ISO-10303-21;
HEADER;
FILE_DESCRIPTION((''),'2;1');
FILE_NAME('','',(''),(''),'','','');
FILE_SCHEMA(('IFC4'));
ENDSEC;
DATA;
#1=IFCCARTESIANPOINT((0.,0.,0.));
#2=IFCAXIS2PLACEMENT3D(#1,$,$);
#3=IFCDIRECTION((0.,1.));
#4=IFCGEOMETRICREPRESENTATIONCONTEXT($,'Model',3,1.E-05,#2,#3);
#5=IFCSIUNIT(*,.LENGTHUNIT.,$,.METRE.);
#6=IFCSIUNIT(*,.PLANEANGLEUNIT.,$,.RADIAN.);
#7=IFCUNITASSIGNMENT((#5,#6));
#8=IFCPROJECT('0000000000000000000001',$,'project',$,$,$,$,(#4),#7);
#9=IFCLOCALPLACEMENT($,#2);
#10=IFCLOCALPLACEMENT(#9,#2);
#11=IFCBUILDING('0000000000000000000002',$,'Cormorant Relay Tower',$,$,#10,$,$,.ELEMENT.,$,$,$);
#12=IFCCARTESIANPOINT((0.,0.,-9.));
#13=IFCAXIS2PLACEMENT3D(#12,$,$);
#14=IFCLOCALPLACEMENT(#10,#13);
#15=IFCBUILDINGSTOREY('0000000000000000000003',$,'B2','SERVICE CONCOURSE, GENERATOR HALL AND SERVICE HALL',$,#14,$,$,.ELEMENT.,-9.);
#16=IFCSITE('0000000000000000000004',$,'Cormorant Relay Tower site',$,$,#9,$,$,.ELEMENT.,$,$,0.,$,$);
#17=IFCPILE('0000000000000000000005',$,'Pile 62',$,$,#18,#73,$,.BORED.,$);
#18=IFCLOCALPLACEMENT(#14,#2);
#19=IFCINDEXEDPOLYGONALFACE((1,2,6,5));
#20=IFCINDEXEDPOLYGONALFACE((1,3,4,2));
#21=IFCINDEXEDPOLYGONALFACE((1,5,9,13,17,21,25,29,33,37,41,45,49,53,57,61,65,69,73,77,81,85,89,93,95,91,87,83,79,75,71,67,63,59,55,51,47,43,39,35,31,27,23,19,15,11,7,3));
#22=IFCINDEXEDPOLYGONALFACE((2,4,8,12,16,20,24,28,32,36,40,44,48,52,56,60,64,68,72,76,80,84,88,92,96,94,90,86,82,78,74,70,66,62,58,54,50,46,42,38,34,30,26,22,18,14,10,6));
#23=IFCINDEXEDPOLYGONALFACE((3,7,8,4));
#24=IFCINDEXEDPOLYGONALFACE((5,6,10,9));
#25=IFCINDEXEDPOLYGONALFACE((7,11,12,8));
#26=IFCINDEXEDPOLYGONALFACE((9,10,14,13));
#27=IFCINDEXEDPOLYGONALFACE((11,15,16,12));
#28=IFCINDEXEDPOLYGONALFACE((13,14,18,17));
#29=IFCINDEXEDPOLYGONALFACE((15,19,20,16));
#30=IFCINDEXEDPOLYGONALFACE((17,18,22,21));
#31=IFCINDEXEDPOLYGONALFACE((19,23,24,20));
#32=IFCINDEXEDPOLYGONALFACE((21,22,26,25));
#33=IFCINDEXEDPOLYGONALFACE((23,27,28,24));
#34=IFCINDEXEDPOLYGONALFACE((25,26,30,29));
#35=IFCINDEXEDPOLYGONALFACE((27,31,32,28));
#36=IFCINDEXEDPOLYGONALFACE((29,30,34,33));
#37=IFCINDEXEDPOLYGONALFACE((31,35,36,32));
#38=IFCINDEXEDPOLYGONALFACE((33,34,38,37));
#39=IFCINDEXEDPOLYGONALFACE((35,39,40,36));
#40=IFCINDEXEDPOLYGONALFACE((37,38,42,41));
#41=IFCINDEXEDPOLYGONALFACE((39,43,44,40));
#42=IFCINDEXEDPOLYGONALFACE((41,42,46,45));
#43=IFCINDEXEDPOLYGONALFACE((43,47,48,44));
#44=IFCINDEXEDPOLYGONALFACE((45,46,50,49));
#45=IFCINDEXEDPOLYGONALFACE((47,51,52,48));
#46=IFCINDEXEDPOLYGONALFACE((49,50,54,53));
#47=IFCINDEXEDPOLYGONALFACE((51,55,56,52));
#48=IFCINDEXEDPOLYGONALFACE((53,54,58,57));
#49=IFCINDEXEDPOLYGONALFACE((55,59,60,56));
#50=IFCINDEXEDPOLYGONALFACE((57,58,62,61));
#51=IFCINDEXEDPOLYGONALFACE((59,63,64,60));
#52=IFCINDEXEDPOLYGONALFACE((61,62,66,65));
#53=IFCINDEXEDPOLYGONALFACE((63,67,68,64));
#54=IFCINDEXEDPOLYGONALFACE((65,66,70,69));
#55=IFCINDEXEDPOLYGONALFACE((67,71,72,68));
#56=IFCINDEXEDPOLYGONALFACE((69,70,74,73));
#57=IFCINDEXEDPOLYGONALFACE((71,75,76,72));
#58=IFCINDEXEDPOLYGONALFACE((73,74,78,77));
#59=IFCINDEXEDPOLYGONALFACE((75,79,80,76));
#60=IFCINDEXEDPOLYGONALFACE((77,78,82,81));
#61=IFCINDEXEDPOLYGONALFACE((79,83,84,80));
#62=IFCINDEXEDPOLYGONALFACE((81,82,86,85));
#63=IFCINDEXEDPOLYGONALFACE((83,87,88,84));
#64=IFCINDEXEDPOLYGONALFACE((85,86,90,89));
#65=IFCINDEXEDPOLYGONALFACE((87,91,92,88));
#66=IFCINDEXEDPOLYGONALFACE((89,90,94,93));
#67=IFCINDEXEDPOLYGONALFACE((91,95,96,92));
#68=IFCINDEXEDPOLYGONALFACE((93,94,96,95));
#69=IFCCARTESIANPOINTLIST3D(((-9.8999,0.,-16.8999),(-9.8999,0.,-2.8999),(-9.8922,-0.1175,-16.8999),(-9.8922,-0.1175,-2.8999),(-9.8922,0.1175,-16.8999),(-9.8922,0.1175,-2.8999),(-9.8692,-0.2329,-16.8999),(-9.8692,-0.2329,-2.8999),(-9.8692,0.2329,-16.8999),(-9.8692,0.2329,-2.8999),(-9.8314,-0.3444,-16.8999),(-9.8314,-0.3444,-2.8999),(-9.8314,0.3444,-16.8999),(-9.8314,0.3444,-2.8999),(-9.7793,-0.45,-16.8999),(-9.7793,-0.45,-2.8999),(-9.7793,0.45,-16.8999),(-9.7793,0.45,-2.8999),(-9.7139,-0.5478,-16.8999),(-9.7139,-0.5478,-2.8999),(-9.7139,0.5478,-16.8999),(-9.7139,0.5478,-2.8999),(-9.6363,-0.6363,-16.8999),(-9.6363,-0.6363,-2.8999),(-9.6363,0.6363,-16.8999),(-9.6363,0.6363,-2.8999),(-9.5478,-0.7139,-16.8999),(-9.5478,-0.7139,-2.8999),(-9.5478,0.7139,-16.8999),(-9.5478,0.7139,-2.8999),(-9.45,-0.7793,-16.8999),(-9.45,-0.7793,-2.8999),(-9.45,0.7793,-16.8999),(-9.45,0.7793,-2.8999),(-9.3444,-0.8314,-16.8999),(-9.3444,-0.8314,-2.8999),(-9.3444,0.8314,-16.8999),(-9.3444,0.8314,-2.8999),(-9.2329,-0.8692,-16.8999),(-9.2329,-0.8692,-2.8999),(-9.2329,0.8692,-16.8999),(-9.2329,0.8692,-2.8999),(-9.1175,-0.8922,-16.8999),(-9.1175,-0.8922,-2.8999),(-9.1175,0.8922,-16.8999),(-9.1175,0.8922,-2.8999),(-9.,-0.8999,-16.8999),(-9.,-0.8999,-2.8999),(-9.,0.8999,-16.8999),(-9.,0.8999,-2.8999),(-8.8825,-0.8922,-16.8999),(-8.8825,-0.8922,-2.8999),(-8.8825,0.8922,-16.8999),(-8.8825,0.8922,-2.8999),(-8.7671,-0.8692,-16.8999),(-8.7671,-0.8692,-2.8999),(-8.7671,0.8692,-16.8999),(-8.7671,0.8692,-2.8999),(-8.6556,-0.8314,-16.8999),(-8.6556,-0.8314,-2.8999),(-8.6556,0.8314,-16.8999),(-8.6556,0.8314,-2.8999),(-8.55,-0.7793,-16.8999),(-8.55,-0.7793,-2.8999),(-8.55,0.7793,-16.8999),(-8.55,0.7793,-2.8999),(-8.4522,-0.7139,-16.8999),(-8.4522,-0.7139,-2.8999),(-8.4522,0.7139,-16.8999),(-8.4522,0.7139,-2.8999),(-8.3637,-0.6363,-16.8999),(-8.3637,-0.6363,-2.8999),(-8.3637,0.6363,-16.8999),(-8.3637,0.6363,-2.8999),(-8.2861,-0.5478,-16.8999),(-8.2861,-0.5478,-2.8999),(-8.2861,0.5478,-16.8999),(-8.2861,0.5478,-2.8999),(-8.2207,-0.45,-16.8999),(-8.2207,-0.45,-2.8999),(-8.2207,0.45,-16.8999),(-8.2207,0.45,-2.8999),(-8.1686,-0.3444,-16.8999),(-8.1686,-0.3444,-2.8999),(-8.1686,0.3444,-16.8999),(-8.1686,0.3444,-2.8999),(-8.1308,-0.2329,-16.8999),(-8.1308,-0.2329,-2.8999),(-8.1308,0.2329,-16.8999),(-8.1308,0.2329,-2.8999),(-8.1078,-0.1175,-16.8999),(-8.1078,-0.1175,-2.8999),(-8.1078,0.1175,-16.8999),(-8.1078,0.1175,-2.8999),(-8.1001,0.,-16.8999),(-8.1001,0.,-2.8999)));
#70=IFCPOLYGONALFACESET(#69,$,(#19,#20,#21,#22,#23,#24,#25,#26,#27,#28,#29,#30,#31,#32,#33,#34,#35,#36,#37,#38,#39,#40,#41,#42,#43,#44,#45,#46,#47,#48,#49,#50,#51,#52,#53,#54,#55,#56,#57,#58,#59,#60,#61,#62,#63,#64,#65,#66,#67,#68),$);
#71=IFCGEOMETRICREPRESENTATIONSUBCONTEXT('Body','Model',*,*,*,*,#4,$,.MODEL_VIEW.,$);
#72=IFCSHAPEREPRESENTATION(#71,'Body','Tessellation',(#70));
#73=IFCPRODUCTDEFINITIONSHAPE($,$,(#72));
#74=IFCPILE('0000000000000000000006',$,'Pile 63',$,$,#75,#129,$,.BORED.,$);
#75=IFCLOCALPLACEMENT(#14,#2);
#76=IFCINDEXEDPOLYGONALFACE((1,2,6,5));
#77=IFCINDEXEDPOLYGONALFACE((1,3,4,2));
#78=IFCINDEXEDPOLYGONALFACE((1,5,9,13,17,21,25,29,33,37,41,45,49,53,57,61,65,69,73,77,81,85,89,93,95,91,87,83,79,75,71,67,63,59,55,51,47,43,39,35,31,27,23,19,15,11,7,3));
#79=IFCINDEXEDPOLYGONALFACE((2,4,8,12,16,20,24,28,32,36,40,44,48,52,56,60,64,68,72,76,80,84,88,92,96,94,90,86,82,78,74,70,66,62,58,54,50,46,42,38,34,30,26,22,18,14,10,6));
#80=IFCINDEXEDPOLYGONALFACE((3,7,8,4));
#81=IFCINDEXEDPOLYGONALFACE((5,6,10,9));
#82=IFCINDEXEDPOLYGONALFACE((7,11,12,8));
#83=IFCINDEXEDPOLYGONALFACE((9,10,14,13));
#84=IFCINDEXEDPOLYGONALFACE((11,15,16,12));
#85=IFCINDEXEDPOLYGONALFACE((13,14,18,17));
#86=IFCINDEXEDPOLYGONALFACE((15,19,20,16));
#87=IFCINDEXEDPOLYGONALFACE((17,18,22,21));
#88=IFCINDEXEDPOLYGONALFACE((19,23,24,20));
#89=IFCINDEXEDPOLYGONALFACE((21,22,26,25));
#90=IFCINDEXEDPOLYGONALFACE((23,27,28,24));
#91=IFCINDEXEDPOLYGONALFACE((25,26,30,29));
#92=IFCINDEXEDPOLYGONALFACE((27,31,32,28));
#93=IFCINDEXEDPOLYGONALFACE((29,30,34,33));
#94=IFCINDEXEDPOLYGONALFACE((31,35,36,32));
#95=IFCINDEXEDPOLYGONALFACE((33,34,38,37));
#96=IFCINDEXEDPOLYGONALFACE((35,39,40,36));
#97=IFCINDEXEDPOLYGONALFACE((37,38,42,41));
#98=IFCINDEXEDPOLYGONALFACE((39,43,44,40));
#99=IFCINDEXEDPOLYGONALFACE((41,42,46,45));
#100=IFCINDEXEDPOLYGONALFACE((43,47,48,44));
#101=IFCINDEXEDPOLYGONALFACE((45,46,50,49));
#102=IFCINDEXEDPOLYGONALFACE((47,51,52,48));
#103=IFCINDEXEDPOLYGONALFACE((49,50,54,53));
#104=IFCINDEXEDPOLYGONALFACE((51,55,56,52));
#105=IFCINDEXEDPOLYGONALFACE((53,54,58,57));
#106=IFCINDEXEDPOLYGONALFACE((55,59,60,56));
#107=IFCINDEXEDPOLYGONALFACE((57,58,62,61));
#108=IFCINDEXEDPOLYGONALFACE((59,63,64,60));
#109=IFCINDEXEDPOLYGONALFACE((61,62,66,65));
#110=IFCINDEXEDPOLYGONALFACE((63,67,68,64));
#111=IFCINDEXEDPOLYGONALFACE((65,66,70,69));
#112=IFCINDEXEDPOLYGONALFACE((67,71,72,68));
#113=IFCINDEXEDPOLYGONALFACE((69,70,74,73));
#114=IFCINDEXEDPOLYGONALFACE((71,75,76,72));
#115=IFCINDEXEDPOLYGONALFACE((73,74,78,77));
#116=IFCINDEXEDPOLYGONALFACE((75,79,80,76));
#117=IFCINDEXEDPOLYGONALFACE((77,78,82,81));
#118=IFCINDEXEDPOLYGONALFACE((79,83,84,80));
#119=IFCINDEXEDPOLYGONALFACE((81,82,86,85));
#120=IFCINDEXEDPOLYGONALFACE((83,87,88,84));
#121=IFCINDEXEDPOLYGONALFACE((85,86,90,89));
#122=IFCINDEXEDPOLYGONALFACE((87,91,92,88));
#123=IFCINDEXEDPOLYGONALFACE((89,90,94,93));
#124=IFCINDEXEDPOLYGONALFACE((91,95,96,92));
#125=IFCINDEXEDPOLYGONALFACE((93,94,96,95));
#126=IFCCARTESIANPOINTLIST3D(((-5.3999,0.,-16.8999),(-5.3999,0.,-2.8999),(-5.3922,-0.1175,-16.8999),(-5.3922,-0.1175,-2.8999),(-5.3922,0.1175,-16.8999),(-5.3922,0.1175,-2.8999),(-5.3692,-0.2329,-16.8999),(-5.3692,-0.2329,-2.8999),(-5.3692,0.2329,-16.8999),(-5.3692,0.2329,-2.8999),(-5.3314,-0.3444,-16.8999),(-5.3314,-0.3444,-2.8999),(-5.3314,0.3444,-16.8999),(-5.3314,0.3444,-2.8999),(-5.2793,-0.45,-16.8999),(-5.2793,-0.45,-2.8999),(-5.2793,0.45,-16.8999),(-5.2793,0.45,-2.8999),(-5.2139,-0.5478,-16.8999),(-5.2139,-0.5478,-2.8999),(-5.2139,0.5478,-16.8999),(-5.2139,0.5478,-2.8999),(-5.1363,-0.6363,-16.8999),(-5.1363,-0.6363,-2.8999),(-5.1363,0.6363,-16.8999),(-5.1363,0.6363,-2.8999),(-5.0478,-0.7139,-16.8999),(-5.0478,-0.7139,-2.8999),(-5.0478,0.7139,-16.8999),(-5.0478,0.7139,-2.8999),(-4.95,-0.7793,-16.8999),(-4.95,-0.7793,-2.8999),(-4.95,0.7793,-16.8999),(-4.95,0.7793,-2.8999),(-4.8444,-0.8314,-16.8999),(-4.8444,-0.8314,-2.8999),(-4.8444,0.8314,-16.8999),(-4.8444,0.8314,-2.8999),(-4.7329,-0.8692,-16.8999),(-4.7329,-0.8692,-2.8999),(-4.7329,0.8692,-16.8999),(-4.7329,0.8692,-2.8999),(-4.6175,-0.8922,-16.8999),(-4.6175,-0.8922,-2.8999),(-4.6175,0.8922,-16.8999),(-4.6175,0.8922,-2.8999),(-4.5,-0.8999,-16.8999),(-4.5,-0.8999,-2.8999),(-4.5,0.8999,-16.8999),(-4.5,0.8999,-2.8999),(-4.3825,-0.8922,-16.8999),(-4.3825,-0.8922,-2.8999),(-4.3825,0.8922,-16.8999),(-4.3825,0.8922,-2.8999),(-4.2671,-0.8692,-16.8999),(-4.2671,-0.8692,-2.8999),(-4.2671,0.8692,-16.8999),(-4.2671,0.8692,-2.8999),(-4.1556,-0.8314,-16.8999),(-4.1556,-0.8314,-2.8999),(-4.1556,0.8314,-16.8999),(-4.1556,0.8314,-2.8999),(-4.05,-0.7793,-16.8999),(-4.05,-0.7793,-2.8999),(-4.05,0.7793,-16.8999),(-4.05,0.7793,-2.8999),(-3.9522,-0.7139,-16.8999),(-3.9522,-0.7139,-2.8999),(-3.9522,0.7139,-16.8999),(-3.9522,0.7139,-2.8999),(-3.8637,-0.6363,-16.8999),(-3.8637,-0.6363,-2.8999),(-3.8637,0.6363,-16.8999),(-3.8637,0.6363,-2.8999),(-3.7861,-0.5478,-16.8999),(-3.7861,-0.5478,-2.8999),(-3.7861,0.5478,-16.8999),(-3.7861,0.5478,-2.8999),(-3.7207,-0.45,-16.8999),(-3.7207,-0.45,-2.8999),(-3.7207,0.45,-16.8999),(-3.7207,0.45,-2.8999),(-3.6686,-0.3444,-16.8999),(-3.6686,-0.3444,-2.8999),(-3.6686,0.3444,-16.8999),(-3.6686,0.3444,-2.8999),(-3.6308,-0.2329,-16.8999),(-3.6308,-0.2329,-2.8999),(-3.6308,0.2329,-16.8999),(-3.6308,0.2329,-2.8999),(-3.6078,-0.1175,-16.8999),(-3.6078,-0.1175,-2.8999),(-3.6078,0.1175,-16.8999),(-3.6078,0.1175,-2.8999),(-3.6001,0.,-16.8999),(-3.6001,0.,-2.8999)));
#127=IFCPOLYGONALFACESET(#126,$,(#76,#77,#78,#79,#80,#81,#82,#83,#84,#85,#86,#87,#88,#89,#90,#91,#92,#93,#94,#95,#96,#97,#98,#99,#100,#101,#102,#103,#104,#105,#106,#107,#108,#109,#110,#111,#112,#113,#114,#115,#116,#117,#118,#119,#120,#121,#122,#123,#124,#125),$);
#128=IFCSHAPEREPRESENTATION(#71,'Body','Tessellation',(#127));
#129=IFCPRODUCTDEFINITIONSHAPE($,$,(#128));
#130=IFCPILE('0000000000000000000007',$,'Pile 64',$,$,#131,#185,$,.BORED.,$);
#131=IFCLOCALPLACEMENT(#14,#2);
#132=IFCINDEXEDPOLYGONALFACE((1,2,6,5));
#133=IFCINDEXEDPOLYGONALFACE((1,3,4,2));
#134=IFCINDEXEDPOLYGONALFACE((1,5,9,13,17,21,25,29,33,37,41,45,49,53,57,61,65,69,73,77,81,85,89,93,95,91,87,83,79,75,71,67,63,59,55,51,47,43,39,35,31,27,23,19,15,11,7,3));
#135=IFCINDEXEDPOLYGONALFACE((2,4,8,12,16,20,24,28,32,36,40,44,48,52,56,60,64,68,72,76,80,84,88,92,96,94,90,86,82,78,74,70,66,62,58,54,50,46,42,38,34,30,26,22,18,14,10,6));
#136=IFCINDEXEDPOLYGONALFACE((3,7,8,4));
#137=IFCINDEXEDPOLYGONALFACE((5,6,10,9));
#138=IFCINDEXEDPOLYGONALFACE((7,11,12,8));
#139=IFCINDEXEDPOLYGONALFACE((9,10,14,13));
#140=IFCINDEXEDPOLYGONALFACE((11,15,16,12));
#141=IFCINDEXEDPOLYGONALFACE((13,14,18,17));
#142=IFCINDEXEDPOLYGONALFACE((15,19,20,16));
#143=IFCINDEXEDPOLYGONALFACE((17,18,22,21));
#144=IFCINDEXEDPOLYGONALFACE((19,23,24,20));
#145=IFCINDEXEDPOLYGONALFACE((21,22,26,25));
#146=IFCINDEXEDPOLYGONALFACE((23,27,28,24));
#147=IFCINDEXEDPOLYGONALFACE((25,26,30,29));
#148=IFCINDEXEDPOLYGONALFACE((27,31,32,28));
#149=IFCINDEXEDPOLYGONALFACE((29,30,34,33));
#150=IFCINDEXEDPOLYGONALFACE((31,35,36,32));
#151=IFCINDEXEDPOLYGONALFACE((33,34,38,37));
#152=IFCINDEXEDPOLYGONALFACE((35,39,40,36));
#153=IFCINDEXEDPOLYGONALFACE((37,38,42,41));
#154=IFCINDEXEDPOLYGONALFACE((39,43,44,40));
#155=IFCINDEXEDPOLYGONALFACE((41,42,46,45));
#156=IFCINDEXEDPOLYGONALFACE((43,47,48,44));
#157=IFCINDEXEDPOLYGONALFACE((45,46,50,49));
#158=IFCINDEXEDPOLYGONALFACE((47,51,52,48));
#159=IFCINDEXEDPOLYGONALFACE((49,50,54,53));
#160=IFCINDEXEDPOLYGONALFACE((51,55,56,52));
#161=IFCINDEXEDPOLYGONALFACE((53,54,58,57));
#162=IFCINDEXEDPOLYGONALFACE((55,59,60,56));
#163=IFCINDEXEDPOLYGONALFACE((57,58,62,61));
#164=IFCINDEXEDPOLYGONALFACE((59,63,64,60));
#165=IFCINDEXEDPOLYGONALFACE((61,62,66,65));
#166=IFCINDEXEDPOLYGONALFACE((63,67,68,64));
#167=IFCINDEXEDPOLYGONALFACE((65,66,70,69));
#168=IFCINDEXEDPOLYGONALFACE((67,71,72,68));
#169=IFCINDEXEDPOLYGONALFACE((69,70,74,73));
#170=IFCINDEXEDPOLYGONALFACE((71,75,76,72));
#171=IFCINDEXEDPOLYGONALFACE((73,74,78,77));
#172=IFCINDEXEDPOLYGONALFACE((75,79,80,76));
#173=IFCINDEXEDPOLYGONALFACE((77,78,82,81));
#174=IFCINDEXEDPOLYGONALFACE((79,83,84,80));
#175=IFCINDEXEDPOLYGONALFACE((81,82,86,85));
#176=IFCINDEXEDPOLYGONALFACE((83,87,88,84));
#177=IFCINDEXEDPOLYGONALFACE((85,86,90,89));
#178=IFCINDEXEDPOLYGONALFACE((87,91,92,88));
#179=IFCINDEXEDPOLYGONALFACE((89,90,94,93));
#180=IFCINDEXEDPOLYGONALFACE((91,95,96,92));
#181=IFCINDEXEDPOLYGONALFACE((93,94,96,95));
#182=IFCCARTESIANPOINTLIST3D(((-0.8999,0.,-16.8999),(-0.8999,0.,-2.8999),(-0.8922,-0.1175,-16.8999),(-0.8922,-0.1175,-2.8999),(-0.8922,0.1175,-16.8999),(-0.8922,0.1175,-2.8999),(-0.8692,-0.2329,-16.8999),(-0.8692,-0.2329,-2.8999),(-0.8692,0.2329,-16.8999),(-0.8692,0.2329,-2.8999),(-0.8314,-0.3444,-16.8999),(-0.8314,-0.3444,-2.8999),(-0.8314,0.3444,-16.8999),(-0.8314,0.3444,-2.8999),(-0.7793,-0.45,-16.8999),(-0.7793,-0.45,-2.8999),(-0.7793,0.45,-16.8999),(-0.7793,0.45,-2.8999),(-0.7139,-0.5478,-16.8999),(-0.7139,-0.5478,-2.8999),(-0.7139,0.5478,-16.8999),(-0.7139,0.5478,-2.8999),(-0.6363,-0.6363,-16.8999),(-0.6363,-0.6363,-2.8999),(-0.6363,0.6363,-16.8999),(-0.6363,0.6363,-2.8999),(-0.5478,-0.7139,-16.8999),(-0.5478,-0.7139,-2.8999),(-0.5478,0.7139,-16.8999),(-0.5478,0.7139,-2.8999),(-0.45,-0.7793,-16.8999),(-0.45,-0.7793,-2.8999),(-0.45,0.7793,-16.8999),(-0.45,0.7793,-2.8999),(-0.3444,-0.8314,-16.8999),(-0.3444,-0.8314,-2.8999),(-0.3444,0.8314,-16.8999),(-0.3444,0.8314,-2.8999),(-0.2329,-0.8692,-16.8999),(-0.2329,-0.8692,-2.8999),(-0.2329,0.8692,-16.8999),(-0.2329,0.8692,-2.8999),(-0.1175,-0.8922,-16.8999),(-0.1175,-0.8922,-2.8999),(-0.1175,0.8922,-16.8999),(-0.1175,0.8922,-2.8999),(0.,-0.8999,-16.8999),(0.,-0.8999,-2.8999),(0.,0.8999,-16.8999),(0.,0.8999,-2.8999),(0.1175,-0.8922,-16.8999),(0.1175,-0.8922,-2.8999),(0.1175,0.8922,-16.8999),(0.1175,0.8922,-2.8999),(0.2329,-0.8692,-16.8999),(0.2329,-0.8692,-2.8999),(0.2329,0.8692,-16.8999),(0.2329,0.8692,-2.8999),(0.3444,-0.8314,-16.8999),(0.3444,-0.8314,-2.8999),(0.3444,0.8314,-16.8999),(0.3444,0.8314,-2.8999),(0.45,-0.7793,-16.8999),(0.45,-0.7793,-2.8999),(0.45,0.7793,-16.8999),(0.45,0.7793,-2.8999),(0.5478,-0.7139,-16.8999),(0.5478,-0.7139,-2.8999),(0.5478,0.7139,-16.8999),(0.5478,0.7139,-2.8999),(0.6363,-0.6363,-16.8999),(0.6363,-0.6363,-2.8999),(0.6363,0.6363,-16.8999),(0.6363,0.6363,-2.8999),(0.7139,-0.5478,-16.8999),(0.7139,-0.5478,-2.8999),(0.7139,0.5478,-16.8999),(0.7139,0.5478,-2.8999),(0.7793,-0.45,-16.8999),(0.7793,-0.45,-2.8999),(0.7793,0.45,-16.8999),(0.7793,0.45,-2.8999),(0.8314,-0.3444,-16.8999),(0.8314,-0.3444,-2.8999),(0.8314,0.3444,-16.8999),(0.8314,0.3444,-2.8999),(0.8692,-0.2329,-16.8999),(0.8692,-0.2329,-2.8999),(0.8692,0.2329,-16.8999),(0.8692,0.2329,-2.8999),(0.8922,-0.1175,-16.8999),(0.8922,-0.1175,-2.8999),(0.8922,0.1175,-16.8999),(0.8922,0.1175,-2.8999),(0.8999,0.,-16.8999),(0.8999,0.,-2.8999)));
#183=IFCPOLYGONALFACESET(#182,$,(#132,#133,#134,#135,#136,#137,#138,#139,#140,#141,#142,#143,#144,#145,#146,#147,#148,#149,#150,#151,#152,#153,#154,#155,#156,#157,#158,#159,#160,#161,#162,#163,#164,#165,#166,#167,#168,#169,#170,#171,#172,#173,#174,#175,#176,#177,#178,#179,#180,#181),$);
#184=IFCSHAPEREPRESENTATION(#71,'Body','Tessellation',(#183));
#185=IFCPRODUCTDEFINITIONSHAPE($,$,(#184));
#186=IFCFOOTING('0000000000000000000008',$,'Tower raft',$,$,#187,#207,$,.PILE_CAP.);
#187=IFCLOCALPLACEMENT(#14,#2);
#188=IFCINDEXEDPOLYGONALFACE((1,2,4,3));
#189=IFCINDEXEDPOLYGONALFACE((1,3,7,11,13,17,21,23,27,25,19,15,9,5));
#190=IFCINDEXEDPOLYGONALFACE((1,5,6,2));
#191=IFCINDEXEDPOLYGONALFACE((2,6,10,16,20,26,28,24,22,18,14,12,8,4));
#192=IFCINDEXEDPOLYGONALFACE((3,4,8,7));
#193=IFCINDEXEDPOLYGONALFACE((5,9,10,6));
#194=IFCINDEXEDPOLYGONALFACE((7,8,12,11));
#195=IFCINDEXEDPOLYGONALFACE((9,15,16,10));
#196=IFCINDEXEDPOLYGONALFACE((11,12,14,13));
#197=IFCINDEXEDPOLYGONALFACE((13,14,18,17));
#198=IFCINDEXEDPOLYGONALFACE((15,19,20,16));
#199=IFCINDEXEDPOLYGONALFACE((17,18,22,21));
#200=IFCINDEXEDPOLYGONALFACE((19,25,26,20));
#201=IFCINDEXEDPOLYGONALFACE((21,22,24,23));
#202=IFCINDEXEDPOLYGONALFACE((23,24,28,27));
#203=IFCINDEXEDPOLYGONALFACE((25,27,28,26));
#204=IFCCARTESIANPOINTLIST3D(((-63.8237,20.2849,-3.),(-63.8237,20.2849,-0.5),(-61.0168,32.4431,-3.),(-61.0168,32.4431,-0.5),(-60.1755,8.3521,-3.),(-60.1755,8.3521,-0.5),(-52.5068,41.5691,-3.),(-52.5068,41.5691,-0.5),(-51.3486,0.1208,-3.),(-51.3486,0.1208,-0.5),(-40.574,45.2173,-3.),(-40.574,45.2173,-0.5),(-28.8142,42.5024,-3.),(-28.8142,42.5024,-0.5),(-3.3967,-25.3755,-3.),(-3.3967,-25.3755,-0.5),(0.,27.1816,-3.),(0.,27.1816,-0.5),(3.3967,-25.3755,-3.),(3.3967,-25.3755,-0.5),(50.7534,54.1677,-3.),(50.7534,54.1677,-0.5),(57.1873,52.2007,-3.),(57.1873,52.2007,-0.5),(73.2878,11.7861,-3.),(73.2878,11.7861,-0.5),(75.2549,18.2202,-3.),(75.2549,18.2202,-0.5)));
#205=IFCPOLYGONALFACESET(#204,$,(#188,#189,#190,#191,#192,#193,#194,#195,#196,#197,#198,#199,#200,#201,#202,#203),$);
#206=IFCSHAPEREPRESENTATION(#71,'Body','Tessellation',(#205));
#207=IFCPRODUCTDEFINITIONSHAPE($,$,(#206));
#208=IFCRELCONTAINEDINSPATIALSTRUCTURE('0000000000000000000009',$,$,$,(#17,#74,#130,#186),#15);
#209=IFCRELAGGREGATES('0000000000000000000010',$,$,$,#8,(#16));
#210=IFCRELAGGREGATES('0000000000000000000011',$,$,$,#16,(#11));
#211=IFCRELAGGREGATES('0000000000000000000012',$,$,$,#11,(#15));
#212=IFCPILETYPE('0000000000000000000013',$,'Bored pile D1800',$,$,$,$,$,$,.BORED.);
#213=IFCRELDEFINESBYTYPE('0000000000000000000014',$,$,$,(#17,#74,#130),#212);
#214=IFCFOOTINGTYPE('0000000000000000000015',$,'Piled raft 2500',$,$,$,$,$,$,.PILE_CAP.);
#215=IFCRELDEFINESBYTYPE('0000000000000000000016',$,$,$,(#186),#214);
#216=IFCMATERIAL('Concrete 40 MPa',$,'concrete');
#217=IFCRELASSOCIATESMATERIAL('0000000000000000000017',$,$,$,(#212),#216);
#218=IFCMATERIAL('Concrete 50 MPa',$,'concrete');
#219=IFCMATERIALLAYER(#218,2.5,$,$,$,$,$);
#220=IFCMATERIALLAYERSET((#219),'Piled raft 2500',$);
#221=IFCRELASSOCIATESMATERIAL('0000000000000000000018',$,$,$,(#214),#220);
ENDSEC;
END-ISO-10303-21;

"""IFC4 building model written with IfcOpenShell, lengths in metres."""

from ifc_helpers import new_model, si_unit, direction, frame, origin, origin_2d, place, context, subcontext, project, spatial, polyline, circle, outline, extrude, material, layer, layer_set, material_profile, profile_set, type_object, element, save


model = new_model("IFC4")

# Units and contexts
model_context = context("Model", 3, precision=1e-05, world=origin(), true_north=direction((0.0, 1.0)))
body_context = subcontext(model_context, "Body", "Model", "MODEL_VIEW")
ifc_project = project(units=[si_unit("LENGTHUNIT", "METRE"), si_unit("PLANEANGLEUNIT", "RADIAN")], contexts=[model_context])

# Site, building, storey
site_placement = place(None, origin())
site = spatial("IfcSite", under=ifc_project, at=site_placement, Name="Cormorant Relay Tower site", CompositionType="ELEMENT", RefElevation=0.0)
building_placement = place(site_placement, origin())
building = spatial("IfcBuilding", under=site, at=building_placement, Name="Cormorant Relay Tower", CompositionType="ELEMENT")
storey_placement = place(building_placement, frame((0.0, 0.0, -9.0)))
storey = spatial("IfcBuildingStorey", under=building, at=storey_placement, Name="B2", Description="SERVICE CONCOURSE, GENERATOR HALL AND SERVICE HALL", CompositionType="ELEMENT", Elevation=-9.0)

# Piles
ifc_material_1 = material(Name="Concrete 40 MPa", Category="concrete")
ifc_material_profile_1 = material_profile(ifc_material_1, circle(Radius=0.8999, at=origin_2d()), Name="BP1800")
ifc_profile_set_1 = profile_set([ifc_material_profile_1], Name="Concrete 40 MPa")
pile_type = type_object("IfcPileType", Name="Bored pile D1800", PredefinedType="BORED", material=ifc_profile_set_1)
for number, where, z_axis, x_axis, name in (
    (1, (-9.0, 0.0, -2.8999), (0.0, 0.0, -1.0), (1.0, 0.0, 0.0), "Pile 62"),
    (2, (-4.5, 0.0, -2.8999), (0.0, 0.0, -1.0), (1.0, 0.0, 0.0), "Pile 63"),
    (3, (0.0, 0.0, -2.8999), (0.0, 0.0, -1.0), (1.0, 0.0, 0.0), "Pile 64"),
):
    element("IfcPile", number, at=place(storey_placement, frame(where, z_axis=z_axis, x_axis=x_axis)), inside=storey, type_object=pile_type, Name=name, PredefinedType="BORED", context=body_context, shape_type="SweptSolid", body=[
        extrude(circle(Radius=0.8999, at=origin_2d()), origin(), (0.0, 0.0, 1.0), 14.0),
    ])

# Footing
ifc_material_2 = material(Name="Concrete 50 MPa", Category="concrete")
ifc_layer_1 = layer(ifc_material_2, 2.5)
ifc_layer_set_1 = layer_set([ifc_layer_1], Name="Piled raft 2500")
footing_type_1 = type_object("IfcFootingType", Name="Piled raft 2500", PredefinedType="PILE_CAP", material=ifc_layer_set_1)
footing_1_placement = place(storey_placement, frame((0.0, 0.0, -3.0)))
element("IfcFooting", 4, at=footing_1_placement, inside=storey, type_object=footing_type_1, Name="Tower raft", PredefinedType="PILE_CAP", context=body_context, shape_type="SweptSolid", body=[
    extrude(outline(polyline([(-60.1755, 8.3521), (-63.8237, 20.2849), (-61.0168, 32.4431), (-52.5068, 41.5691), (-40.574, 45.2173), (-28.8142, 42.5024), (0.0, 27.1816), (50.7534, 54.1677), (57.1873, 52.2007), (75.2549, 18.2202), (73.2878, 11.7861), (3.3967, -25.3755), (-3.3967, -25.3755), (-51.3486, 0.1208), (-60.1755, 8.3521)])), origin(), (0.0, 0.0, 1.0), 2.5),
])

save(model, "model.ifc")
